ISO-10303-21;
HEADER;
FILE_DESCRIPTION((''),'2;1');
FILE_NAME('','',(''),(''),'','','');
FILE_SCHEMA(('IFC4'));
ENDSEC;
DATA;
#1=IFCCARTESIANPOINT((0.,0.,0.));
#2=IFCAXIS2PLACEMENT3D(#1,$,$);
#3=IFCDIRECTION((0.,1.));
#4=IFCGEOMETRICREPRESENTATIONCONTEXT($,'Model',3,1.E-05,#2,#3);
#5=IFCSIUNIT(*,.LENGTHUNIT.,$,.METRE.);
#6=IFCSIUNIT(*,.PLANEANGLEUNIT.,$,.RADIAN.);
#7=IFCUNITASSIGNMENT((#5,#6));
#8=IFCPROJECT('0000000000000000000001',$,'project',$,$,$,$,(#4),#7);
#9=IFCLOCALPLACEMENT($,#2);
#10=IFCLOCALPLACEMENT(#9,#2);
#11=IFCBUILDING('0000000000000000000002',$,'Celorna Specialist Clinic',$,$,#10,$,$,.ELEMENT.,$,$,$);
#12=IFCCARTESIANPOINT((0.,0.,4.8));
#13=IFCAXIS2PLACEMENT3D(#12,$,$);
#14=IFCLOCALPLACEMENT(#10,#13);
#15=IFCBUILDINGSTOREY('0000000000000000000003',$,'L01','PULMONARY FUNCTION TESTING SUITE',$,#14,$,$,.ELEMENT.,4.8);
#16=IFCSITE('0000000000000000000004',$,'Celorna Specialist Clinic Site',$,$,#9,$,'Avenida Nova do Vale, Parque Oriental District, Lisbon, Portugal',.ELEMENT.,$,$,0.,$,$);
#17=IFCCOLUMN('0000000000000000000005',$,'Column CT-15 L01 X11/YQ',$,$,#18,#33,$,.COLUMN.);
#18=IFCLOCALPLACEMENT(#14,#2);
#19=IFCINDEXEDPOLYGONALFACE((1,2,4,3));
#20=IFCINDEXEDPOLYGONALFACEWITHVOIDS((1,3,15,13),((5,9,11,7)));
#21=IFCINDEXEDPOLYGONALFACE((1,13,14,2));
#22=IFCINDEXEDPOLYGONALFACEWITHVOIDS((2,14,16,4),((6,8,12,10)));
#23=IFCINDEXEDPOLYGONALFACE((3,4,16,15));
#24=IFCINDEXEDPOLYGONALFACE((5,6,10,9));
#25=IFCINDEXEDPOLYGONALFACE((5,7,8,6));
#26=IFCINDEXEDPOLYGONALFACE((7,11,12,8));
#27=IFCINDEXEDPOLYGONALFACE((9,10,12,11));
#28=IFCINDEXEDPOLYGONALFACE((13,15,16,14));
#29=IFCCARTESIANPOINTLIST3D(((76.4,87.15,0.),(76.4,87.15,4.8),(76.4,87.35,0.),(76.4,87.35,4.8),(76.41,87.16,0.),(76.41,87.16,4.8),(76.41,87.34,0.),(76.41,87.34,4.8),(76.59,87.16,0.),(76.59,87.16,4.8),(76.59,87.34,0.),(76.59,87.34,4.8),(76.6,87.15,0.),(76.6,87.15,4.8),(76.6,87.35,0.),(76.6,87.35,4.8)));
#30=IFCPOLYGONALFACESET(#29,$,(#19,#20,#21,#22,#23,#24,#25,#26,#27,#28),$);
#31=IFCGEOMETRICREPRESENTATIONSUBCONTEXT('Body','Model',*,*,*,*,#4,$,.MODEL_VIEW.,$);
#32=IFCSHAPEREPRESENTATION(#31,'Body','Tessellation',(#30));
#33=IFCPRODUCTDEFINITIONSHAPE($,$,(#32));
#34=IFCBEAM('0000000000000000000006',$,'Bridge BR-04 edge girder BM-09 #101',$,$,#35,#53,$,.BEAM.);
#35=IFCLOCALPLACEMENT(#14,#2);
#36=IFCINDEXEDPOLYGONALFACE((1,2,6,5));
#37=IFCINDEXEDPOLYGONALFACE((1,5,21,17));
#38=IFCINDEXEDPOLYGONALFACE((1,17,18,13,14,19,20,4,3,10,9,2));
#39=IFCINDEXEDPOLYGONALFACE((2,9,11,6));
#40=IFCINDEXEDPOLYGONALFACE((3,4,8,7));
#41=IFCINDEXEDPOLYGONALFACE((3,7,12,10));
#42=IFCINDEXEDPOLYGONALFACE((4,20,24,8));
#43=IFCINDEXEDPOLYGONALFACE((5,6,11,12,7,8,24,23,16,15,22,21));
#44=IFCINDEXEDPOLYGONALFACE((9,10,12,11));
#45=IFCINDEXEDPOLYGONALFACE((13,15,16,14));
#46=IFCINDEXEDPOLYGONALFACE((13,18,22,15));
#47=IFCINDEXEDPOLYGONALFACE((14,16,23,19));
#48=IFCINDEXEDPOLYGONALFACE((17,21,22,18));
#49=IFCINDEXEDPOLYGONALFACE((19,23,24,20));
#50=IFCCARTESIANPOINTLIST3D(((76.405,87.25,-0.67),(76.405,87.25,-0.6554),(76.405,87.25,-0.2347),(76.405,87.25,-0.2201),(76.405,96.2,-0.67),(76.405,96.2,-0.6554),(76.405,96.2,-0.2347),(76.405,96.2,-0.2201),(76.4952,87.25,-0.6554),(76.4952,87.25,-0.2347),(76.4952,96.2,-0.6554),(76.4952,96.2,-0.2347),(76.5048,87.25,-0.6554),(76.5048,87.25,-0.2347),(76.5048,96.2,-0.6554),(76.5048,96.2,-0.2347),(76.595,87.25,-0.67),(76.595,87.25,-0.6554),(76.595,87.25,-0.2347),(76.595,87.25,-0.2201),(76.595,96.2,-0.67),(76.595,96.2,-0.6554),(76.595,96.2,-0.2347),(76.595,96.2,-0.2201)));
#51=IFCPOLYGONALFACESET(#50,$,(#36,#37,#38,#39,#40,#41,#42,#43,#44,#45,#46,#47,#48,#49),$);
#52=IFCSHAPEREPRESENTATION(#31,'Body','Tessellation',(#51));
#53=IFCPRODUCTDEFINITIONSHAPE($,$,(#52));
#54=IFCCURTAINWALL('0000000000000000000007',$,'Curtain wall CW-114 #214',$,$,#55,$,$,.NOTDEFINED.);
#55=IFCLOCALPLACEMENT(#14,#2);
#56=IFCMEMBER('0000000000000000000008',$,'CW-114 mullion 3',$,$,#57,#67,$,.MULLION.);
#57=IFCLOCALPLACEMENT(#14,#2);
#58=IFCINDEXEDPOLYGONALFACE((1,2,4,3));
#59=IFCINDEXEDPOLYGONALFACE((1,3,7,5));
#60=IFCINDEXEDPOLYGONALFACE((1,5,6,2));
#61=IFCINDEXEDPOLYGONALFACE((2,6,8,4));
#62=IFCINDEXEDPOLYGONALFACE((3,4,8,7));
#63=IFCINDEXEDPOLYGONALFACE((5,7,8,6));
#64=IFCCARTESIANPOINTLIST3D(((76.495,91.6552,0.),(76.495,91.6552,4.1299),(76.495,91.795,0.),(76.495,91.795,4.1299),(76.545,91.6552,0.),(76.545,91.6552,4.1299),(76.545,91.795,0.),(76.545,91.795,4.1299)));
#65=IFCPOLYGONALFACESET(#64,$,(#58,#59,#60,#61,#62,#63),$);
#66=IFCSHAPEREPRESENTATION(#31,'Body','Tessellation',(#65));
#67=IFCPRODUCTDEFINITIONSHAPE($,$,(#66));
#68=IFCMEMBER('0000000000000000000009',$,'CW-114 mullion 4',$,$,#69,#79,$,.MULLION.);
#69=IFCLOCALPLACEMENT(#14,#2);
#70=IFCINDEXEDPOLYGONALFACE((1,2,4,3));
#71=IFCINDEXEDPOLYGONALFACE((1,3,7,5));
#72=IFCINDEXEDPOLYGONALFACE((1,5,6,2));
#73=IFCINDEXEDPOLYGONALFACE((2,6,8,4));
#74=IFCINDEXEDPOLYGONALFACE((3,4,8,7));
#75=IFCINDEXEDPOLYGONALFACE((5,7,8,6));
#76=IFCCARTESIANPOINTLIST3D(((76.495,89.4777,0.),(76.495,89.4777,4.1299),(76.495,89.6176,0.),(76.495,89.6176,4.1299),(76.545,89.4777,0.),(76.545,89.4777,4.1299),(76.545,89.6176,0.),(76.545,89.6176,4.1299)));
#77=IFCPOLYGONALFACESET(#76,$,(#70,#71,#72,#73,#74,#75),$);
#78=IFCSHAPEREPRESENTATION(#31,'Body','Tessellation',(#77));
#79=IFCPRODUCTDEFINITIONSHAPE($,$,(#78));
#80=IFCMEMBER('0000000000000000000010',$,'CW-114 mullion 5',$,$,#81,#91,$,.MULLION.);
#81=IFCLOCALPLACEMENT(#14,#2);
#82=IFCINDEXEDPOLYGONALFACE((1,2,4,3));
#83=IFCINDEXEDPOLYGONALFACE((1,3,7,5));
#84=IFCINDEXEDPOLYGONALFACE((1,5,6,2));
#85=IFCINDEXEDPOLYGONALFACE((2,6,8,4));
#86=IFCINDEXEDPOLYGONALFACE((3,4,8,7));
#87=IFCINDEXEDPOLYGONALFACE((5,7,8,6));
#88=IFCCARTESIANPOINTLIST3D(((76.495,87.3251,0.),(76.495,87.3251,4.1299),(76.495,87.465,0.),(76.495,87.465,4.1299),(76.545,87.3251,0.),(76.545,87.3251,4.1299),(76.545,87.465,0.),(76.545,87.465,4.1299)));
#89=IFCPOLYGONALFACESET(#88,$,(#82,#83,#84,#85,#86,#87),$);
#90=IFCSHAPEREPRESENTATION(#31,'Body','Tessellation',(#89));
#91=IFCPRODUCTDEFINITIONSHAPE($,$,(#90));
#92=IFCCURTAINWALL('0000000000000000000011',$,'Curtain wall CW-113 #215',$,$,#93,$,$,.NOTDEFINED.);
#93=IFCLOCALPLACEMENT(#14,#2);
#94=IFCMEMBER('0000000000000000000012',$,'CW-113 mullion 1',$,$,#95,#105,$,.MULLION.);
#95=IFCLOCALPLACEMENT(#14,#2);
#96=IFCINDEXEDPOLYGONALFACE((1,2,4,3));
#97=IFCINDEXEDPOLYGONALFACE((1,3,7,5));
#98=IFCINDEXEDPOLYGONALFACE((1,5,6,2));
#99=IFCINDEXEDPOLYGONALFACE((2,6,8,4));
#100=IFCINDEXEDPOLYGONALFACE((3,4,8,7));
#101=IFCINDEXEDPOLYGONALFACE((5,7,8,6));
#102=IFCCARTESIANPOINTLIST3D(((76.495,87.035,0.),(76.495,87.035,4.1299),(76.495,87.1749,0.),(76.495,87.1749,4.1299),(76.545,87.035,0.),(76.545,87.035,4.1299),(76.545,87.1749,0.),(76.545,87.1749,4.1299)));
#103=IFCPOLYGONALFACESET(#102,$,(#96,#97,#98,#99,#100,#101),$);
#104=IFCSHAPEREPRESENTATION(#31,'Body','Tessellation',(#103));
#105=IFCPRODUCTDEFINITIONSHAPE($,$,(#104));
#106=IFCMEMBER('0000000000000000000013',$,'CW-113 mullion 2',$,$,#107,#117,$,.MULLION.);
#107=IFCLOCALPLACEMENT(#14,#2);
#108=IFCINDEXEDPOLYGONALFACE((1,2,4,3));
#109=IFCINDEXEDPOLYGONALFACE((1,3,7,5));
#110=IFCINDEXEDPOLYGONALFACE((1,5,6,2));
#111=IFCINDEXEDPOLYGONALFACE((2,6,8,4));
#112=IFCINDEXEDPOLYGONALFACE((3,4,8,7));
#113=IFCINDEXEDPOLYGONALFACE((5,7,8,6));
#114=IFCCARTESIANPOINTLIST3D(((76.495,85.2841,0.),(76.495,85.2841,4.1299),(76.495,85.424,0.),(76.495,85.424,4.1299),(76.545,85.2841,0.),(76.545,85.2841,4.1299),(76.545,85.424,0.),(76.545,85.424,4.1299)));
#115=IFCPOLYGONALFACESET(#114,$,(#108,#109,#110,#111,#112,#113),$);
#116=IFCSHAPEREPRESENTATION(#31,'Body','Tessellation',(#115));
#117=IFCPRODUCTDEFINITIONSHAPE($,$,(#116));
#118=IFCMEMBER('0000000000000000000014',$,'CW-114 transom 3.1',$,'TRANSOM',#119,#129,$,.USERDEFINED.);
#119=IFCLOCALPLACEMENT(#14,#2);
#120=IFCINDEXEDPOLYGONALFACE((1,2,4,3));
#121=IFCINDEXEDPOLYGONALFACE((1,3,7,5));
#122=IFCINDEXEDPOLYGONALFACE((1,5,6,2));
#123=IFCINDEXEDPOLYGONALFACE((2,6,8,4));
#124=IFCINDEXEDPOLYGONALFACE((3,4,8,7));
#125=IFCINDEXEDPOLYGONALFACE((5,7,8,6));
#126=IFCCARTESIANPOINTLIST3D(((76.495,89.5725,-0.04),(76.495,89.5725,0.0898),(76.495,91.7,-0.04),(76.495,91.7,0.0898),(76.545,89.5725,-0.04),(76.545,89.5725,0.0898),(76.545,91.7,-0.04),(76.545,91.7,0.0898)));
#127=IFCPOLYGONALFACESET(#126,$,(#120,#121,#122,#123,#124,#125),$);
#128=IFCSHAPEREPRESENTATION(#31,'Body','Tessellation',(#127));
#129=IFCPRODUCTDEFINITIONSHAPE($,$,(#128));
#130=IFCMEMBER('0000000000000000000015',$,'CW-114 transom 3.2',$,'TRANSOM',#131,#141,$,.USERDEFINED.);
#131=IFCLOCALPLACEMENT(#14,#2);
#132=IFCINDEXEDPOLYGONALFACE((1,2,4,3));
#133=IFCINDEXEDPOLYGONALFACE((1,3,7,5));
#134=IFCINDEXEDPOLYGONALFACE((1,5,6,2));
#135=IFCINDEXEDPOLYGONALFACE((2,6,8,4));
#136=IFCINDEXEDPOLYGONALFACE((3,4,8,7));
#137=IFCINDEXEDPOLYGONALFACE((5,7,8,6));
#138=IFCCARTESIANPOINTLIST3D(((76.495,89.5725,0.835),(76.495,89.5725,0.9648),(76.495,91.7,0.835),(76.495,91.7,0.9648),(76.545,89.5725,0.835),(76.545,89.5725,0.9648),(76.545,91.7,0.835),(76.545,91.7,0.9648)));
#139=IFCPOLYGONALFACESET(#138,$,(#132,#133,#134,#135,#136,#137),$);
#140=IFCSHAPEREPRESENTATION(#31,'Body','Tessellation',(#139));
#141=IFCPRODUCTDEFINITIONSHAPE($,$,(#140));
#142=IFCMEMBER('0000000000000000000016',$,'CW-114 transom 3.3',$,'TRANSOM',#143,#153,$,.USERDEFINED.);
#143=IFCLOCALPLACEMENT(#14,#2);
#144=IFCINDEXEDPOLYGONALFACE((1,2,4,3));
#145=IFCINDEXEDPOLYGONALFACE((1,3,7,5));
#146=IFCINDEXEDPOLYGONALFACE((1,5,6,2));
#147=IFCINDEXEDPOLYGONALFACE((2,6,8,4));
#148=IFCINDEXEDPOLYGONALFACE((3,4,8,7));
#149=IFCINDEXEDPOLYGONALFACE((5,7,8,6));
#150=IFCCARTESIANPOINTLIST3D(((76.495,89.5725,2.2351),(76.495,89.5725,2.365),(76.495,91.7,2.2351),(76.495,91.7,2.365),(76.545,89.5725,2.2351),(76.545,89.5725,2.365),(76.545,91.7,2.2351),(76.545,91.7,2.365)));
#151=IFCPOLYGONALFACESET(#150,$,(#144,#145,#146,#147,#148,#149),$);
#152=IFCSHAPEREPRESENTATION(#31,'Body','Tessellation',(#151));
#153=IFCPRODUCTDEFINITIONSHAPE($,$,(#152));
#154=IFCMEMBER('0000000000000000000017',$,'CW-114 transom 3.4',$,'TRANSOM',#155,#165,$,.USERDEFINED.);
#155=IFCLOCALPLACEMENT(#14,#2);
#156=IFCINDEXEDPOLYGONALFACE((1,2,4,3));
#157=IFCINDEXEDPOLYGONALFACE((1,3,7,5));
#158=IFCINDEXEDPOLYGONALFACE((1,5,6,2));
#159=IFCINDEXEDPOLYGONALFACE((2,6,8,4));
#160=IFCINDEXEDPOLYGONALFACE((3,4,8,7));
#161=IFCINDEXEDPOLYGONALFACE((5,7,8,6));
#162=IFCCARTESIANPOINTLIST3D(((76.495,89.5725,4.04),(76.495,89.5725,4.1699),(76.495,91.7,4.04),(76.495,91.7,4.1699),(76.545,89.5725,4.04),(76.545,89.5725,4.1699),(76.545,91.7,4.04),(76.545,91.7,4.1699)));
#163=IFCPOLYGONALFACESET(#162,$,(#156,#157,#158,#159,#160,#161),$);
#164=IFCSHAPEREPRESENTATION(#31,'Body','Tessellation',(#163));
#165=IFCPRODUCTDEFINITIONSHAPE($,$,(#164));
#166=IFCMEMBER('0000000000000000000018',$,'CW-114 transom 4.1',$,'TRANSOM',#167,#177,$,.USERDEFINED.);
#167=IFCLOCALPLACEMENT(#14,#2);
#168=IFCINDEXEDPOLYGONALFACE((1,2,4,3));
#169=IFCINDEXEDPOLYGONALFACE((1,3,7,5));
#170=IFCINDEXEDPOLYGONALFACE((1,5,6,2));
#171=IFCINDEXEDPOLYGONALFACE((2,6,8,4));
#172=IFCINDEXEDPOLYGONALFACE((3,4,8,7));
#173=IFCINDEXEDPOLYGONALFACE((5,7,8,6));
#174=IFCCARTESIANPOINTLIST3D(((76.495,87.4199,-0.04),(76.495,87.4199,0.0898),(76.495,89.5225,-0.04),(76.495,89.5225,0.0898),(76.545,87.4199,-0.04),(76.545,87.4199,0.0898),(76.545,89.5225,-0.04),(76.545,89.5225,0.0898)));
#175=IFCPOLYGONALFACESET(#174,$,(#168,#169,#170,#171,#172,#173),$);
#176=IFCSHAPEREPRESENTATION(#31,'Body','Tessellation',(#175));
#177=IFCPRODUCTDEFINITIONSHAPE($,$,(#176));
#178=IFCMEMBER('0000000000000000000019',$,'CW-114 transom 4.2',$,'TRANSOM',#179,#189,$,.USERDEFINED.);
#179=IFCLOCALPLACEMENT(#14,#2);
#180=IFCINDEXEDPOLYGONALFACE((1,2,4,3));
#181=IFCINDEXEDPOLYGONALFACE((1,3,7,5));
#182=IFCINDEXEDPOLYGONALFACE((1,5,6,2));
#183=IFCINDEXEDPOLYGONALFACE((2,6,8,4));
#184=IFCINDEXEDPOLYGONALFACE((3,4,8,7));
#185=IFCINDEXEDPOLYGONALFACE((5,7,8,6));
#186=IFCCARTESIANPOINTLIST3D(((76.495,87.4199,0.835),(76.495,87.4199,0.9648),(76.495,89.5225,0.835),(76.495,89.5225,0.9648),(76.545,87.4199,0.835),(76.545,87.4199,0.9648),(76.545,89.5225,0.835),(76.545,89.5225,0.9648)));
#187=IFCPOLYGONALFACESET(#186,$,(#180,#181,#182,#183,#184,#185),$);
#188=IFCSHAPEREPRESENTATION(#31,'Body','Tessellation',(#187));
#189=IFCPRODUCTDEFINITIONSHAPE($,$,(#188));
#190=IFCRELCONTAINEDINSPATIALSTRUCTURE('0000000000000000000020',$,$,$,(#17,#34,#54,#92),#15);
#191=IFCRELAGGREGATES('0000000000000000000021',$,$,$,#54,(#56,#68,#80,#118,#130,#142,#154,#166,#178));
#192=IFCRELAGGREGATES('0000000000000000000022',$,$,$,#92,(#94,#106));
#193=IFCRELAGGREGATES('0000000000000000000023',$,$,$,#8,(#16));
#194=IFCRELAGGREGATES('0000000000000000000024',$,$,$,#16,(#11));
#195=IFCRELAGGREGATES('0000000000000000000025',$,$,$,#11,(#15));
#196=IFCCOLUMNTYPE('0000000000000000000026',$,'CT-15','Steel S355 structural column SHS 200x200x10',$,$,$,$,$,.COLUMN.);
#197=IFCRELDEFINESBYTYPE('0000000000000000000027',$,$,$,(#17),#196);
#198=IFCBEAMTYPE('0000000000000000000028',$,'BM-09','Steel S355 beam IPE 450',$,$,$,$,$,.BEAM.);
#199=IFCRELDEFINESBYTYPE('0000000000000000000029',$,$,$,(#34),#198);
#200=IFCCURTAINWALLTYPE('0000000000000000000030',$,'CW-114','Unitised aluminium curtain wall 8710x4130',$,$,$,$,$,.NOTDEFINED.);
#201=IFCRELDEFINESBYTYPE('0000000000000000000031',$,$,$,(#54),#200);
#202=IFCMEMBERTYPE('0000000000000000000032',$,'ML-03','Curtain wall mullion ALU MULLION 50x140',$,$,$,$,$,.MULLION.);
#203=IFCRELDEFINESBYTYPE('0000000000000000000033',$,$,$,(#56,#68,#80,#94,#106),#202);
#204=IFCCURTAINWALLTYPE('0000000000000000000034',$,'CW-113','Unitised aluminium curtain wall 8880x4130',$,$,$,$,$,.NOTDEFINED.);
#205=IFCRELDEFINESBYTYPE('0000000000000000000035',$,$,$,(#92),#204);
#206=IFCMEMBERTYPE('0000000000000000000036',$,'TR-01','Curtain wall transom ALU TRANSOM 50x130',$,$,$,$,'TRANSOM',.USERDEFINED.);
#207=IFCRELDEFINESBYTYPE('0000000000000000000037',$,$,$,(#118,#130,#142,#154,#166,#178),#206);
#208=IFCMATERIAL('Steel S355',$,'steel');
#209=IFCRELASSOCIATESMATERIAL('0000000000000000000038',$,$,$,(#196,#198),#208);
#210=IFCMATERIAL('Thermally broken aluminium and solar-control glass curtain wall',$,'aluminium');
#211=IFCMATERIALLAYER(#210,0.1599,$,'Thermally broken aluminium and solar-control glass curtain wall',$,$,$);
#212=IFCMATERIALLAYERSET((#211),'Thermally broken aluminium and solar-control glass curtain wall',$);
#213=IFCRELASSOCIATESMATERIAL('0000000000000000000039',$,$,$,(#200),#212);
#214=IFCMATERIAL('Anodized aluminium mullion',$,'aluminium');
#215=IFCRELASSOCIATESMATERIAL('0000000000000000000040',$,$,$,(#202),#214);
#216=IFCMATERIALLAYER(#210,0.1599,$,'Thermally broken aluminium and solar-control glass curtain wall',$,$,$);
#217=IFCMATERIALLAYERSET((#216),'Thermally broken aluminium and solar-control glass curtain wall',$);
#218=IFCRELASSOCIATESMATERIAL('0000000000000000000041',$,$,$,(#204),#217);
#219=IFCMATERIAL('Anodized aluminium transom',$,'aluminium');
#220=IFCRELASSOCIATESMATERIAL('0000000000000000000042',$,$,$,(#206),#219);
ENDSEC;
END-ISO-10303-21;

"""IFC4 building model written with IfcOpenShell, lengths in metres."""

from ifc_helpers import new_model, si_unit, direction, frame, origin, origin_2d, place, context, subcontext, project, spatial, rectangle, hollow_rectangle, i_section, extrude, material, layer, layer_set, material_profile, profile_set, type_object, element, aggregate, save


model = new_model("IFC4")

# Units and contexts
model_context = context("Model", 3, precision=1e-05, world=origin(), true_north=direction((0.0, 1.0)))
body_context = subcontext(model_context, "Body", "Model", "MODEL_VIEW")
ifc_project = project(units=[si_unit("LENGTHUNIT", "METRE"), si_unit("PLANEANGLEUNIT", "RADIAN")], contexts=[model_context])

# Site, building, storey
site_placement = place(None, origin())
site = spatial("IfcSite", under=ifc_project, at=site_placement, Name="Celorna Specialist Clinic Site", LongName="Avenida Nova do Vale, Parque Oriental District, Lisbon, Portugal", CompositionType="ELEMENT", RefElevation=0.0)
building_placement = place(site_placement, origin())
building = spatial("IfcBuilding", under=site, at=building_placement, Name="Celorna Specialist Clinic", CompositionType="ELEMENT")
storey_placement = place(building_placement, frame((0.0, 0.0, 4.8)))
storey = spatial("IfcBuildingStorey", under=building, at=storey_placement, Name="L01", Description="PULMONARY FUNCTION TESTING SUITE", CompositionType="ELEMENT", Elevation=4.8)

# Column
ifc_material_1 = material(Name="Steel S355", Category="steel")
ifc_material_profile_1 = material_profile(ifc_material_1, hollow_rectangle(XDim=0.2, YDim=0.2, WallThickness=0.01, at=origin_2d()), Name="SHS 200x200x10")
ifc_profile_set_1 = profile_set([ifc_material_profile_1], Name="Steel S355")
column_type = type_object("IfcColumnType", Name="CT-15", Description="Steel S355 structural column SHS 200x200x10", PredefinedType="COLUMN", material=ifc_profile_set_1)
column_placement = place(storey_placement, frame((76.5, 87.25, 0.0), z_axis=(0.0, 0.0, 1.0), x_axis=(1.0, 0.0, 0.0)))
element("IfcColumn", 1, at=column_placement, inside=storey, type_object=column_type, Name="Column CT-15 L01 X11/YQ", PredefinedType="COLUMN", context=body_context, shape_type="SweptSolid", body=[
    extrude(hollow_rectangle(XDim=0.2, YDim=0.2, WallThickness=0.01, at=origin_2d()), origin(), (0.0, 0.0, 1.0), 4.8),
])

# Beam
ifc_material_profile_2 = material_profile(ifc_material_1, i_section(OverallWidth=0.1899, OverallDepth=0.45, WebThickness=0.0095, FlangeThickness=0.0146, at=origin_2d()), Name="IPE 450")
ifc_profile_set_2 = profile_set([ifc_material_profile_2], Name="Steel S355")
beam_type = type_object("IfcBeamType", Name="BM-09", Description="Steel S355 beam IPE 450", PredefinedType="BEAM", material=ifc_profile_set_2)
beam_placement = place(storey_placement, frame((76.5, 87.25, -0.4451), z_axis=(0.0, 1.0, 0.0), x_axis=(-1.0, 0.0, 0.0)))
element("IfcBeam", 2, at=beam_placement, inside=storey, type_object=beam_type, Name="Bridge BR-04 edge girder BM-09 #101", PredefinedType="BEAM", context=body_context, shape_type="SweptSolid", body=[
    extrude(i_section(OverallWidth=0.1899, OverallDepth=0.45, WebThickness=0.0095, FlangeThickness=0.0146, at=origin_2d()), origin(), (0.0, 0.0, 1.0), 8.95),
])

# Curtain walls, members
ifc_material_2 = material(Name="Thermally broken aluminium and solar-control glass curtain wall", Category="aluminium")
ifc_layer_1 = layer(ifc_material_2, 0.1599, Name="Thermally broken aluminium and solar-control glass curtain wall")
ifc_layer_set_1 = layer_set([ifc_layer_1], Name="Thermally broken aluminium and solar-control glass curtain wall")
curtain_wall_type_1 = type_object("IfcCurtainWallType", Name="CW-114", Description="Unitised aluminium curtain wall 8710x4130", PredefinedType="NOTDEFINED", material=ifc_layer_set_1)
curtain_wall_1_placement = place(storey_placement, origin())
curtain_wall_1 = element("IfcCurtainWall", 3, at=curtain_wall_1_placement, inside=storey, type_object=curtain_wall_type_1, Name="Curtain wall CW-114 #214", PredefinedType="NOTDEFINED")
ifc_material_3 = material(Name="Anodized aluminium mullion", Category="aluminium")
ifc_material_profile_3 = material_profile(ifc_material_3, rectangle(XDim=0.05, YDim=0.1399, at=origin_2d()), Name="ALU MULLION 50x140")
ifc_profile_set_3 = profile_set([ifc_material_profile_3], Name="Anodized aluminium mullion")
member_type_1 = type_object("IfcMemberType", Name="ML-03", Description="Curtain wall mullion ALU MULLION 50x140", PredefinedType="MULLION", material=ifc_profile_set_3)
member_1_placement = place(storey_placement, frame((76.52, 91.7251, 0.0), z_axis=(0.0, 0.0, 1.0), x_axis=(1.0, 0.0, 0.0)))
member_1 = element("IfcMember", 4, at=member_1_placement, type_object=member_type_1, Name="CW-114 mullion 3", PredefinedType="MULLION", context=body_context, shape_type="SweptSolid", body=[
    extrude(rectangle(XDim=0.05, YDim=0.1399, at=origin_2d()), origin(), (0.0, 0.0, 1.0), 4.1299),
])
member_2_placement = place(storey_placement, frame((76.52, 89.5476, 0.0), z_axis=(0.0, 0.0, 1.0), x_axis=(1.0, 0.0, 0.0)))
member_2 = element("IfcMember", 5, at=member_2_placement, type_object=member_type_1, Name="CW-114 mullion 4", PredefinedType="MULLION", context=body_context, shape_type="SweptSolid", body=[
    extrude(rectangle(XDim=0.05, YDim=0.1399, at=origin_2d()), origin(), (0.0, 0.0, 1.0), 4.1299),
])
member_3_placement = place(storey_placement, frame((76.52, 87.395, 0.0), z_axis=(0.0, 0.0, 1.0), x_axis=(1.0, 0.0, 0.0)))
member_3 = element("IfcMember", 6, at=member_3_placement, type_object=member_type_1, Name="CW-114 mullion 5", PredefinedType="MULLION", context=body_context, shape_type="SweptSolid", body=[
    extrude(rectangle(XDim=0.05, YDim=0.1399, at=origin_2d()), origin(), (0.0, 0.0, 1.0), 4.1299),
])
ifc_layer_2 = layer(ifc_material_2, 0.1599, Name="Thermally broken aluminium and solar-control glass curtain wall")
ifc_layer_set_2 = layer_set([ifc_layer_2], Name="Thermally broken aluminium and solar-control glass curtain wall")
curtain_wall_type_2 = type_object("IfcCurtainWallType", Name="CW-113", Description="Unitised aluminium curtain wall 8880x4130", PredefinedType="NOTDEFINED", material=ifc_layer_set_2)
curtain_wall_2_placement = place(storey_placement, origin())
curtain_wall_2 = element("IfcCurtainWall", 7, at=curtain_wall_2_placement, inside=storey, type_object=curtain_wall_type_2, Name="Curtain wall CW-113 #215", PredefinedType="NOTDEFINED")
member_4_placement = place(storey_placement, frame((76.52, 87.105, 0.0), z_axis=(0.0, 0.0, 1.0), x_axis=(1.0, 0.0, 0.0)))
member_4 = element("IfcMember", 8, at=member_4_placement, type_object=member_type_1, Name="CW-113 mullion 1", PredefinedType="MULLION", context=body_context, shape_type="SweptSolid", body=[
    extrude(rectangle(XDim=0.05, YDim=0.1399, at=origin_2d()), origin(), (0.0, 0.0, 1.0), 4.1299),
])
member_5_placement = place(storey_placement, frame((76.52, 85.354, 0.0), z_axis=(0.0, 0.0, 1.0), x_axis=(1.0, 0.0, 0.0)))
member_5 = element("IfcMember", 9, at=member_5_placement, type_object=member_type_1, Name="CW-113 mullion 2", PredefinedType="MULLION", context=body_context, shape_type="SweptSolid", body=[
    extrude(rectangle(XDim=0.05, YDim=0.1399, at=origin_2d()), origin(), (0.0, 0.0, 1.0), 4.1299),
])

# Members
ifc_material_4 = material(Name="Anodized aluminium transom", Category="aluminium")
ifc_material_profile_4 = material_profile(ifc_material_4, rectangle(XDim=0.05, YDim=0.1299, at=origin_2d()), Name="ALU TRANSOM 50x130")
ifc_profile_set_4 = profile_set([ifc_material_profile_4], Name="Anodized aluminium transom")
member_type_2 = type_object("IfcMemberType", Name="TR-01", Description="Curtain wall transom ALU TRANSOM 50x130", ElementType="TRANSOM", PredefinedType="USERDEFINED", material=ifc_profile_set_4)
member_6_placement = place(storey_placement, frame((76.52, 91.7, 0.0249), z_axis=(0.0, -1.0, 0.0), x_axis=(1.0, 0.0, 0.0)))
member_6 = element("IfcMember", 10, at=member_6_placement, type_object=member_type_2, Name="CW-114 transom 3.1", ObjectType="TRANSOM", PredefinedType="USERDEFINED", context=body_context, shape_type="SweptSolid", body=[
    extrude(rectangle(XDim=0.05, YDim=0.1299, at=origin_2d()), origin(), (0.0, 0.0, 1.0), 2.1274),
])
member_7_placement = place(storey_placement, frame((76.52, 91.7, 0.8999), z_axis=(0.0, -1.0, 0.0), x_axis=(1.0, 0.0, 0.0)))
member_7 = element("IfcMember", 11, at=member_7_placement, type_object=member_type_2, Name="CW-114 transom 3.2", ObjectType="TRANSOM", PredefinedType="USERDEFINED", context=body_context, shape_type="SweptSolid", body=[
    extrude(rectangle(XDim=0.05, YDim=0.1299, at=origin_2d()), origin(), (0.0, 0.0, 1.0), 2.1274),
])
member_8_placement = place(storey_placement, frame((76.52, 91.7, 2.3), z_axis=(0.0, -1.0, 0.0), x_axis=(1.0, 0.0, 0.0)))
member_8 = element("IfcMember", 12, at=member_8_placement, type_object=member_type_2, Name="CW-114 transom 3.3", ObjectType="TRANSOM", PredefinedType="USERDEFINED", context=body_context, shape_type="SweptSolid", body=[
    extrude(rectangle(XDim=0.05, YDim=0.1299, at=origin_2d()), origin(), (0.0, 0.0, 1.0), 2.1274),
])
member_9_placement = place(storey_placement, frame((76.52, 91.7, 4.105), z_axis=(0.0, -1.0, 0.0), x_axis=(1.0, 0.0, 0.0)))
member_9 = element("IfcMember", 13, at=member_9_placement, type_object=member_type_2, Name="CW-114 transom 3.4", ObjectType="TRANSOM", PredefinedType="USERDEFINED", context=body_context, shape_type="SweptSolid", body=[
    extrude(rectangle(XDim=0.05, YDim=0.1299, at=origin_2d()), origin(), (0.0, 0.0, 1.0), 2.1274),
])
member_10_placement = place(storey_placement, frame((76.52, 89.5225, 0.0249), z_axis=(0.0, -1.0, 0.0), x_axis=(1.0, 0.0, 0.0)))
member_10 = element("IfcMember", 14, at=member_10_placement, type_object=member_type_2, Name="CW-114 transom 4.1", ObjectType="TRANSOM", PredefinedType="USERDEFINED", context=body_context, shape_type="SweptSolid", body=[
    extrude(rectangle(XDim=0.05, YDim=0.1299, at=origin_2d()), origin(), (0.0, 0.0, 1.0), 2.1025),
])
member_11_placement = place(storey_placement, frame((76.52, 89.5225, 0.8999), z_axis=(0.0, -1.0, 0.0), x_axis=(1.0, 0.0, 0.0)))
member_11 = element("IfcMember", 15, at=member_11_placement, type_object=member_type_2, Name="CW-114 transom 4.2", ObjectType="TRANSOM", PredefinedType="USERDEFINED", context=body_context, shape_type="SweptSolid", body=[
    extrude(rectangle(XDim=0.05, YDim=0.1299, at=origin_2d()), origin(), (0.0, 0.0, 1.0), 2.1025),
])

aggregate(curtain_wall_1, [member_1, member_2, member_3, member_6, member_7, member_8, member_9, member_10, member_11])
aggregate(curtain_wall_2, [member_4, member_5])

save(model, "model.ifc")
